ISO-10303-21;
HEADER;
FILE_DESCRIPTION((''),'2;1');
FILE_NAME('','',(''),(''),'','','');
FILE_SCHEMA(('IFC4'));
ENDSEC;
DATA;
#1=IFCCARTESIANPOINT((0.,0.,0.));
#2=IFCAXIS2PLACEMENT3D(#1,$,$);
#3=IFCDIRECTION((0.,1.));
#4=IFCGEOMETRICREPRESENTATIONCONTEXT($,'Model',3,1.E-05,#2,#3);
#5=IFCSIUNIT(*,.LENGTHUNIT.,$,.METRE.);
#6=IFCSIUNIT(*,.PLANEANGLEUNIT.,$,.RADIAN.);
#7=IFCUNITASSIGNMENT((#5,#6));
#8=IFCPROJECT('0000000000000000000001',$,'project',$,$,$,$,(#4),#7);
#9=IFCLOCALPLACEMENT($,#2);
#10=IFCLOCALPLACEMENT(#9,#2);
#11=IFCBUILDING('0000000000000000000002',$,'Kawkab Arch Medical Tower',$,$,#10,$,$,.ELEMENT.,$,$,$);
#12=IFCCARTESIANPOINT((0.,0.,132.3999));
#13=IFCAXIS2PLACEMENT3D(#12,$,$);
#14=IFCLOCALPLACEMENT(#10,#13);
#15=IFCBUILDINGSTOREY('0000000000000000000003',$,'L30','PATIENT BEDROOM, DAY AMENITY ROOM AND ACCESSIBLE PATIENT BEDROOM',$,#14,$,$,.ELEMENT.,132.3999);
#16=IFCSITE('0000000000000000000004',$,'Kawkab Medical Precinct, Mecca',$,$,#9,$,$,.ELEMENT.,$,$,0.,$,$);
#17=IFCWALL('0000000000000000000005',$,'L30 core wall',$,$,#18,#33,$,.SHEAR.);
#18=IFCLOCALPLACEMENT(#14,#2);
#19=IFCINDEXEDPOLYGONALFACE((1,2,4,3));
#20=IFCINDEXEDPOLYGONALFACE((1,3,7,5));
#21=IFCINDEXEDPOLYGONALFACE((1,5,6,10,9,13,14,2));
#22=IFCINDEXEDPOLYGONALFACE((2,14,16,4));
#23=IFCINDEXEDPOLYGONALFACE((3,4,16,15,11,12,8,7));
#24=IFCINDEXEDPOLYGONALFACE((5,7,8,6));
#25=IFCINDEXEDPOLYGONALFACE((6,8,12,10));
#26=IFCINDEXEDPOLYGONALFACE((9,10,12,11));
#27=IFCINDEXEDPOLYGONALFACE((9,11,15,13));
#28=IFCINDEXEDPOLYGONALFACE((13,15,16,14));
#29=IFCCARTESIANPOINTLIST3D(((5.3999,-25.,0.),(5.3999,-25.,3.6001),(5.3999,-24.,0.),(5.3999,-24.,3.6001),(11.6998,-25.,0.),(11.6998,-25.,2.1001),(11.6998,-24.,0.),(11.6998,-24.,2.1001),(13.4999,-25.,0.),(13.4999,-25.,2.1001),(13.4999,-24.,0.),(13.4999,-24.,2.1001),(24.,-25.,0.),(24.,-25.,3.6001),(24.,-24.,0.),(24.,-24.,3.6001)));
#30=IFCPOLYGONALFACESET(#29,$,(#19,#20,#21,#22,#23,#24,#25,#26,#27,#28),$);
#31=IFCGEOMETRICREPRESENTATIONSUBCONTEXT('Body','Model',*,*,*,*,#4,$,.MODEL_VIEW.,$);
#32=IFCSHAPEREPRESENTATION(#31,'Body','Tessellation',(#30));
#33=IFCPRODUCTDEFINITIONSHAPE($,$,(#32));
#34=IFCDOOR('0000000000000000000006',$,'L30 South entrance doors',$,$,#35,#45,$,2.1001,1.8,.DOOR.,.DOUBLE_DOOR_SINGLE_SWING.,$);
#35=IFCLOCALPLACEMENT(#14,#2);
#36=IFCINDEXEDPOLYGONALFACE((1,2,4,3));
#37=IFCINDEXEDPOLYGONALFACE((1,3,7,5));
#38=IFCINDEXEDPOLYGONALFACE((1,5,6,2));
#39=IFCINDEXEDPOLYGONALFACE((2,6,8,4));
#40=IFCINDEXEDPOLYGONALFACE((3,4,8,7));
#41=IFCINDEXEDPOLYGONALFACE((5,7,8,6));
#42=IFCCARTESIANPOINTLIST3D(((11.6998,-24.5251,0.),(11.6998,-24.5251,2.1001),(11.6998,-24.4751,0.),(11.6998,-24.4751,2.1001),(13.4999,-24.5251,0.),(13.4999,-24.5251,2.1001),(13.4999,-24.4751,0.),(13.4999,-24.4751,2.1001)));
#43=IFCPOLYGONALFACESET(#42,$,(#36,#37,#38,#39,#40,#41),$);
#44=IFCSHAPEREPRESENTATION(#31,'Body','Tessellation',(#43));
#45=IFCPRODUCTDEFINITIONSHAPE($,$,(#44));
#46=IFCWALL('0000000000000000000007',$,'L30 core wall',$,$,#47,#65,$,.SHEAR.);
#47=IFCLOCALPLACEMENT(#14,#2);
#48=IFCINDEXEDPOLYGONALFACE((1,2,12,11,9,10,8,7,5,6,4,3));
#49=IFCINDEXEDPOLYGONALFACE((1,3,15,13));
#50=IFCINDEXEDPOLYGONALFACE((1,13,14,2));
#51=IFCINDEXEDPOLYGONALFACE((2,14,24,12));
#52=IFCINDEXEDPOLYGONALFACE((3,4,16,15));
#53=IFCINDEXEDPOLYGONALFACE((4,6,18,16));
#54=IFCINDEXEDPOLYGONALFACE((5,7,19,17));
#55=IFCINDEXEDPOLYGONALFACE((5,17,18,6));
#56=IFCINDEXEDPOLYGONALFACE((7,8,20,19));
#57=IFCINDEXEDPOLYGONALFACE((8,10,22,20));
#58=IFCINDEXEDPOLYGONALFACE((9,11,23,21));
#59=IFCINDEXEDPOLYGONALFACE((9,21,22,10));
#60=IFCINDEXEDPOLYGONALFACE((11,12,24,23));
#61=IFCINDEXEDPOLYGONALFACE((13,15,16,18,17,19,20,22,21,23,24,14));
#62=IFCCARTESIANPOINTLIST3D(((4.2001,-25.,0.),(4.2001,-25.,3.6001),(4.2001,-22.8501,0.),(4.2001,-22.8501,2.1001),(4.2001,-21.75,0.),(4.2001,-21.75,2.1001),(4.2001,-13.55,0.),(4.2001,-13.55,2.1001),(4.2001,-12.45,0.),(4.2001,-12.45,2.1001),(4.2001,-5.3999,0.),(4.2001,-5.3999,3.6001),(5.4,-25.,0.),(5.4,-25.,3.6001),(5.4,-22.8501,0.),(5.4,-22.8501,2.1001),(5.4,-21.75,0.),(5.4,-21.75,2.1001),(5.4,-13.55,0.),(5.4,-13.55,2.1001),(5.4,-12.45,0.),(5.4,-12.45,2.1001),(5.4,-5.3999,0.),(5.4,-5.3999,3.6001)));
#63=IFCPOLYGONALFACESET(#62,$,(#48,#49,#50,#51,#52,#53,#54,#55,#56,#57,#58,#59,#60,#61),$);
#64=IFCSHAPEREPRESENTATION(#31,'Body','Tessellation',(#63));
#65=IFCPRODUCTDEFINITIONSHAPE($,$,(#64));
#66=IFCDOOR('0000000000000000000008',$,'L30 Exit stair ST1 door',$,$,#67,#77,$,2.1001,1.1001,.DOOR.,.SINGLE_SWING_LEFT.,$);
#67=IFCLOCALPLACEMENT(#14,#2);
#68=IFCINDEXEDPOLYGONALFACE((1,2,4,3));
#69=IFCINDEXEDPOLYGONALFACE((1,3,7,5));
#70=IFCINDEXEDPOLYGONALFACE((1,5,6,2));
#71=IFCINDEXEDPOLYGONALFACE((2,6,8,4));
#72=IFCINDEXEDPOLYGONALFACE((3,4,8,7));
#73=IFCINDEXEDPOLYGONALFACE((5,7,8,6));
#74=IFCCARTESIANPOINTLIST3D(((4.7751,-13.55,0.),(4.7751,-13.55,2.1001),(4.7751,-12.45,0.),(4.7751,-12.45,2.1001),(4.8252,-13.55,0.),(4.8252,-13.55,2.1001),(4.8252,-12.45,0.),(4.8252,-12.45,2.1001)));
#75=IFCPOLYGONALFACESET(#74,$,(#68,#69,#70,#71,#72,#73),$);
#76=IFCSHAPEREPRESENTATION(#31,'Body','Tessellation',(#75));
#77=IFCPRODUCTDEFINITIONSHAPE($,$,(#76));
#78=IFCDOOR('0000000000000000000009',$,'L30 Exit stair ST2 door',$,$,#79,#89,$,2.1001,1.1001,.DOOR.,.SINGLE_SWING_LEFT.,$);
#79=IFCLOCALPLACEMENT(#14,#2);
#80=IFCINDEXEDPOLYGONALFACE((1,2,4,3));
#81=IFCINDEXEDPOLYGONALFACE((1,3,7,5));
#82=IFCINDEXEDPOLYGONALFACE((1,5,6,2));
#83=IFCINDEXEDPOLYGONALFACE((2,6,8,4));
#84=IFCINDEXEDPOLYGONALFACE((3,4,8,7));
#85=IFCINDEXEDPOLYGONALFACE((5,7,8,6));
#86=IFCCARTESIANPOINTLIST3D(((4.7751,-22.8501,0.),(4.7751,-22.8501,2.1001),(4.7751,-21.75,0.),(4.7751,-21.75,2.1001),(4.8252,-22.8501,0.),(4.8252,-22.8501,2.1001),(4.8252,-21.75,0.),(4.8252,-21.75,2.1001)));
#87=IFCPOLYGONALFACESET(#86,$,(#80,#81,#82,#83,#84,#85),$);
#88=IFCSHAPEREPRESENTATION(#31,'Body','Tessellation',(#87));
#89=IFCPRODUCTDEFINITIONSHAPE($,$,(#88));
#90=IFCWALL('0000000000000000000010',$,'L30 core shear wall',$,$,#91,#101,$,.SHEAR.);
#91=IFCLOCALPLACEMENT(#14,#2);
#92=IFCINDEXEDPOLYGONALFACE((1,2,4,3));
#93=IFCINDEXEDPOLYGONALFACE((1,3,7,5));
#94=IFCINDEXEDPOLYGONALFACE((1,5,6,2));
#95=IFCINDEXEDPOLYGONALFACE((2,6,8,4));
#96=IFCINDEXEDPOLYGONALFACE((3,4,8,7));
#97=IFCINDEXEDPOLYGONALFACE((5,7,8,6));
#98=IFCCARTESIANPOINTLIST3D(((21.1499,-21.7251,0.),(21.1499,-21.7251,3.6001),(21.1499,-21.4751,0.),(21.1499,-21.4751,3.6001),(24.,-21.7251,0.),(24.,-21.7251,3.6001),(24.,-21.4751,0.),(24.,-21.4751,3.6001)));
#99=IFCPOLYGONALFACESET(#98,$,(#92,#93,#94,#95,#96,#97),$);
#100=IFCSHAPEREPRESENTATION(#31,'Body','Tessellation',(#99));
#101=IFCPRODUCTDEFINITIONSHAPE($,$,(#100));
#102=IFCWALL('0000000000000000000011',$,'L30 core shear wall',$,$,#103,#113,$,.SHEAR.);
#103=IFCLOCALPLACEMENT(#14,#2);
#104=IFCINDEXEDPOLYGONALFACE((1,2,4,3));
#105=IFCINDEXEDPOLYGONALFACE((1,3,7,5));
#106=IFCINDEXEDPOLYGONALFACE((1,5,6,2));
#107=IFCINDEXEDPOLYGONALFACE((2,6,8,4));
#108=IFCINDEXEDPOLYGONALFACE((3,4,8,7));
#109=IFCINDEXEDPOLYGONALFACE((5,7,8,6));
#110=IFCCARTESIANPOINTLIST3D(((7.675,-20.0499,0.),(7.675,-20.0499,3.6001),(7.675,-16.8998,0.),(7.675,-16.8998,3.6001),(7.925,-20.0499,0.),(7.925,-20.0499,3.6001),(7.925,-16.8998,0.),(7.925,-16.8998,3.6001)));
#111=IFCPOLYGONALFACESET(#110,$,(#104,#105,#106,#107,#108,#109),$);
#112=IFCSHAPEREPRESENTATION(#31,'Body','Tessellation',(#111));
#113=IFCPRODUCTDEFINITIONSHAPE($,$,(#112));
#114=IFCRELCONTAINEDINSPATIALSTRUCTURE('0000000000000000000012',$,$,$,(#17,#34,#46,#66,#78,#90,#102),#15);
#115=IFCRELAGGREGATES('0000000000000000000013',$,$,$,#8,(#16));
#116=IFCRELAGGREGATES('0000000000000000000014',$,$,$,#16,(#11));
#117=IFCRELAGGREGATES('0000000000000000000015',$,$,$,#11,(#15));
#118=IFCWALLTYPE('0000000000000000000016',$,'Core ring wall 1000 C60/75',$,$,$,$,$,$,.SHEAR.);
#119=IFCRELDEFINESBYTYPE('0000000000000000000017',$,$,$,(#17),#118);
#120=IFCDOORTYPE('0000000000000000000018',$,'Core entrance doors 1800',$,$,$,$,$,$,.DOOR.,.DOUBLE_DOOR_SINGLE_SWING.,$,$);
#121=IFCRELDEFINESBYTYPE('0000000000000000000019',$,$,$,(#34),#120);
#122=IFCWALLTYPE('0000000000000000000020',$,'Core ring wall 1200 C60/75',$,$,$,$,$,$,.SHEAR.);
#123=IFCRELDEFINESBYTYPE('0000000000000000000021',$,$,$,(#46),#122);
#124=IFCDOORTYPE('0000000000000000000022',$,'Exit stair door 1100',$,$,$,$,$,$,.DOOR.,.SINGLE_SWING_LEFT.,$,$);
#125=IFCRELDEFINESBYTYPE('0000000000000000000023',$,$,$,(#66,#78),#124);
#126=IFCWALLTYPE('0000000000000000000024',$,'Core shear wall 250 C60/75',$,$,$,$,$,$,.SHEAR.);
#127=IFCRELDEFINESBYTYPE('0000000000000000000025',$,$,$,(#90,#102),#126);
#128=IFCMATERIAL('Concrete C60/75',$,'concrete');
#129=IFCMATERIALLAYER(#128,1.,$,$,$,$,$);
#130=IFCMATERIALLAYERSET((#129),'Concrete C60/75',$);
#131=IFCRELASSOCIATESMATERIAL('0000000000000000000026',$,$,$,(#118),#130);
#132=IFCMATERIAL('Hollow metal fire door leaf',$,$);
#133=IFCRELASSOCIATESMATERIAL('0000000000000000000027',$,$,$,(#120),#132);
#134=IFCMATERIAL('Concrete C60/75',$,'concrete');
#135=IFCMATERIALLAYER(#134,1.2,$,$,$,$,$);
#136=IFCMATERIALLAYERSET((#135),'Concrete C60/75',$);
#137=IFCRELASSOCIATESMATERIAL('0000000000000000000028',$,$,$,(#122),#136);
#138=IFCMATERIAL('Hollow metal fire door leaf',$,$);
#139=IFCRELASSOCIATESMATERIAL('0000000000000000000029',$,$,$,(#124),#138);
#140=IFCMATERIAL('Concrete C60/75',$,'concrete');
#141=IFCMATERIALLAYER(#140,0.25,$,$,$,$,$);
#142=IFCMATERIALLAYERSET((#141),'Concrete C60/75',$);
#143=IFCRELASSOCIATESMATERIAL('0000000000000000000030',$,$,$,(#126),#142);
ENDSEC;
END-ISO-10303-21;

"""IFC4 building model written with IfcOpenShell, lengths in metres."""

from ifc_helpers import new_model, si_unit, direction, frame, frame_2d, origin, place, context, subcontext, project, spatial, rectangle, extrude, material, layer, layer_set, type_object, element, fill, save


model = new_model("IFC4")

# Units and contexts
model_context = context("Model", 3, precision=1e-05, world=origin(), true_north=direction((0.0, 1.0)))
body_context = subcontext(model_context, "Body", "Model", "MODEL_VIEW")
ifc_project = project(units=[si_unit("LENGTHUNIT", "METRE"), si_unit("PLANEANGLEUNIT", "RADIAN")], contexts=[model_context])

# Site, building, storey
site_placement = place(None, origin())
site = spatial("IfcSite", under=ifc_project, at=site_placement, Name="Kawkab Medical Precinct, Mecca", CompositionType="ELEMENT", RefElevation=0.0)
building_placement = place(site_placement, origin())
building = spatial("IfcBuilding", under=site, at=building_placement, Name="Kawkab Arch Medical Tower", CompositionType="ELEMENT")
storey_placement = place(building_placement, frame((0.0, 0.0, 132.3999)))
storey = spatial("IfcBuildingStorey", under=building, at=storey_placement, Name="L30", Description="PATIENT BEDROOM, DAY AMENITY ROOM AND ACCESSIBLE PATIENT BEDROOM", CompositionType="ELEMENT", Elevation=132.3999)

# Wall, opening, door
ifc_material_1 = material(Name="Concrete C60/75", Category="concrete")
ifc_layer_1 = layer(ifc_material_1, 1.0)
ifc_layer_set_1 = layer_set([ifc_layer_1], Name="Concrete C60/75")
wall_type_1 = type_object("IfcWallType", Name="Core ring wall 1000 C60/75", PredefinedType="SHEAR", material=ifc_layer_set_1)
wall_1_placement = place(storey_placement, frame((5.3999, -24.5, 0.0), z_axis=(0.0, 0.0, 1.0), x_axis=(1.0, 0.0, 0.0)))
wall_1 = element("IfcWall", 1, at=wall_1_placement, inside=storey, type_object=wall_type_1, Name="L30 core wall", PredefinedType="SHEAR", context=body_context, shape_type="SweptSolid", body=[
    extrude(rectangle(XDim=18.6001, YDim=1.0, at=frame_2d((9.3, 0.0))), origin(), (0.0, 0.0, 1.0), 3.6001),
])
opening_1_placement = place(wall_1_placement, frame((6.3, 0.0, 0.0)))
opening_1 = element("IfcOpeningElement", 2, at=opening_1_placement, cuts=wall_1, PredefinedType="OPENING", context=body_context, shape_type="SweptSolid", body=[
    extrude(rectangle(XDim=1.8, YDim=2.1001, at=frame_2d((0.8999, 1.05))), frame((0.0, 0.51, 0.0), z_axis=(0.0, -1.0, 0.0), x_axis=(1.0, 0.0, 0.0)), (0.0, 0.0, 1.0), 1.02),
])
ifc_material_2 = material(Name="Hollow metal fire door leaf")
door_type_1 = type_object("IfcDoorType", Name="Core entrance doors 1800", OperationType="DOUBLE_DOOR_SINGLE_SWING", PredefinedType="DOOR", material=ifc_material_2)
door_1_placement = place(opening_1_placement, origin())
door_1 = element("IfcDoor", 3, at=door_1_placement, inside=storey, type_object=door_type_1, Name="L30 South entrance doors", OperationType="DOUBLE_DOOR_SINGLE_SWING", OverallHeight=2.1001, OverallWidth=1.8, PredefinedType="DOOR", context=body_context, shape_type="SweptSolid", body=[
    extrude(rectangle(XDim=1.8, YDim=2.1001, at=frame_2d((0.8999, 1.05))), frame((0.0, 0.0249, 0.0), z_axis=(0.0, -1.0, 0.0), x_axis=(1.0, 0.0, 0.0)), (0.0, 0.0, 1.0), 0.05),
])
fill(opening_1, door_1)

# Wall, openings, doors
ifc_material_3 = material(Name="Concrete C60/75", Category="concrete")
ifc_layer_2 = layer(ifc_material_3, 1.2)
ifc_layer_set_2 = layer_set([ifc_layer_2], Name="Concrete C60/75")
wall_type_2 = type_object("IfcWallType", Name="Core ring wall 1200 C60/75", PredefinedType="SHEAR", material=ifc_layer_set_2)
wall_2_placement = place(storey_placement, frame((4.8, -25.0, 0.0), z_axis=(0.0, 0.0, 1.0), x_axis=(0.0, 1.0, 0.0)))
wall_2 = element("IfcWall", 4, at=wall_2_placement, inside=storey, type_object=wall_type_2, Name="L30 core wall", PredefinedType="SHEAR", context=body_context, shape_type="SweptSolid", body=[
    extrude(rectangle(XDim=19.6001, YDim=1.2, at=frame_2d((9.8, 0.0))), origin(), (0.0, 0.0, 1.0), 3.6001),
])
opening_2_placement = place(wall_2_placement, frame((11.45, 0.0, 0.0)))
opening_2 = element("IfcOpeningElement", 5, at=opening_2_placement, cuts=wall_2, PredefinedType="OPENING", context=body_context, shape_type="SweptSolid", body=[
    extrude(rectangle(XDim=1.1001, YDim=2.1001, at=frame_2d((0.55, 1.05))), frame((0.0, 0.6099, 0.0), z_axis=(0.0, -1.0, 0.0), x_axis=(1.0, 0.0, 0.0)), (0.0, 0.0, 1.0), 1.22),
])
opening_3_placement = place(wall_2_placement, frame((2.1499, 0.0, 0.0)))
opening_3 = element("IfcOpeningElement", 6, at=opening_3_placement, cuts=wall_2, PredefinedType="OPENING", context=body_context, shape_type="SweptSolid", body=[
    extrude(rectangle(XDim=1.1001, YDim=2.1001, at=frame_2d((0.55, 1.05))), frame((0.0, 0.6099, 0.0), z_axis=(0.0, -1.0, 0.0), x_axis=(1.0, 0.0, 0.0)), (0.0, 0.0, 1.0), 1.22),
])
ifc_material_4 = material(Name="Hollow metal fire door leaf")
door_type_2 = type_object("IfcDoorType", Name="Exit stair door 1100", OperationType="SINGLE_SWING_LEFT", PredefinedType="DOOR", material=ifc_material_4)
door_2_placement = place(opening_2_placement, origin())
door_2 = element("IfcDoor", 7, at=door_2_placement, inside=storey, type_object=door_type_2, Name="L30 Exit stair ST1 door", OperationType="SINGLE_SWING_LEFT", OverallHeight=2.1001, OverallWidth=1.1001, PredefinedType="DOOR", context=body_context, shape_type="SweptSolid", body=[
    extrude(rectangle(XDim=1.1001, YDim=2.1001, at=frame_2d((0.55, 1.05))), frame((0.0, 0.0249, 0.0), z_axis=(0.0, -1.0, 0.0), x_axis=(1.0, 0.0, 0.0)), (0.0, 0.0, 1.0), 0.05),
])
fill(opening_2, door_2)
door_3_placement = place(opening_3_placement, origin())
door_3 = element("IfcDoor", 8, at=door_3_placement, inside=storey, type_object=door_type_2, Name="L30 Exit stair ST2 door", OperationType="SINGLE_SWING_LEFT", OverallHeight=2.1001, OverallWidth=1.1001, PredefinedType="DOOR", context=body_context, shape_type="SweptSolid", body=[
    extrude(rectangle(XDim=1.1001, YDim=2.1001, at=frame_2d((0.55, 1.05))), frame((0.0, 0.0249, 0.0), z_axis=(0.0, -1.0, 0.0), x_axis=(1.0, 0.0, 0.0)), (0.0, 0.0, 1.0), 0.05),
])
fill(opening_3, door_3)

# Walls
ifc_material_5 = material(Name="Concrete C60/75", Category="concrete")
ifc_layer_3 = layer(ifc_material_5, 0.25)
ifc_layer_set_3 = layer_set([ifc_layer_3], Name="Concrete C60/75")
wall_type_3 = type_object("IfcWallType", Name="Core shear wall 250 C60/75", PredefinedType="SHEAR", material=ifc_layer_set_3)
wall_3_placement = place(storey_placement, frame((21.1499, -21.6001, 0.0), z_axis=(0.0, 0.0, 1.0), x_axis=(1.0, 0.0, 0.0)))
element("IfcWall", 9, at=wall_3_placement, inside=storey, type_object=wall_type_3, Name="L30 core shear wall", PredefinedType="SHEAR", context=body_context, shape_type="SweptSolid", body=[
    extrude(rectangle(XDim=2.8501, YDim=0.25, at=frame_2d((1.425, 0.0))), origin(), (0.0, 0.0, 1.0), 3.6001),
])
wall_4_placement = place(storey_placement, frame((7.8, -20.05, 0.0), z_axis=(0.0, 0.0, 1.0), x_axis=(0.0, 1.0, 0.0)))
element("IfcWall", 10, at=wall_4_placement, inside=storey, type_object=wall_type_3, Name="L30 core shear wall", PredefinedType="SHEAR", context=body_context, shape_type="SweptSolid", body=[
    extrude(rectangle(XDim=3.1501, YDim=0.25, at=frame_2d((1.5752, 0.0))), origin(), (0.0, 0.0, 1.0), 3.6001),
])

save(model, "model.ifc")
